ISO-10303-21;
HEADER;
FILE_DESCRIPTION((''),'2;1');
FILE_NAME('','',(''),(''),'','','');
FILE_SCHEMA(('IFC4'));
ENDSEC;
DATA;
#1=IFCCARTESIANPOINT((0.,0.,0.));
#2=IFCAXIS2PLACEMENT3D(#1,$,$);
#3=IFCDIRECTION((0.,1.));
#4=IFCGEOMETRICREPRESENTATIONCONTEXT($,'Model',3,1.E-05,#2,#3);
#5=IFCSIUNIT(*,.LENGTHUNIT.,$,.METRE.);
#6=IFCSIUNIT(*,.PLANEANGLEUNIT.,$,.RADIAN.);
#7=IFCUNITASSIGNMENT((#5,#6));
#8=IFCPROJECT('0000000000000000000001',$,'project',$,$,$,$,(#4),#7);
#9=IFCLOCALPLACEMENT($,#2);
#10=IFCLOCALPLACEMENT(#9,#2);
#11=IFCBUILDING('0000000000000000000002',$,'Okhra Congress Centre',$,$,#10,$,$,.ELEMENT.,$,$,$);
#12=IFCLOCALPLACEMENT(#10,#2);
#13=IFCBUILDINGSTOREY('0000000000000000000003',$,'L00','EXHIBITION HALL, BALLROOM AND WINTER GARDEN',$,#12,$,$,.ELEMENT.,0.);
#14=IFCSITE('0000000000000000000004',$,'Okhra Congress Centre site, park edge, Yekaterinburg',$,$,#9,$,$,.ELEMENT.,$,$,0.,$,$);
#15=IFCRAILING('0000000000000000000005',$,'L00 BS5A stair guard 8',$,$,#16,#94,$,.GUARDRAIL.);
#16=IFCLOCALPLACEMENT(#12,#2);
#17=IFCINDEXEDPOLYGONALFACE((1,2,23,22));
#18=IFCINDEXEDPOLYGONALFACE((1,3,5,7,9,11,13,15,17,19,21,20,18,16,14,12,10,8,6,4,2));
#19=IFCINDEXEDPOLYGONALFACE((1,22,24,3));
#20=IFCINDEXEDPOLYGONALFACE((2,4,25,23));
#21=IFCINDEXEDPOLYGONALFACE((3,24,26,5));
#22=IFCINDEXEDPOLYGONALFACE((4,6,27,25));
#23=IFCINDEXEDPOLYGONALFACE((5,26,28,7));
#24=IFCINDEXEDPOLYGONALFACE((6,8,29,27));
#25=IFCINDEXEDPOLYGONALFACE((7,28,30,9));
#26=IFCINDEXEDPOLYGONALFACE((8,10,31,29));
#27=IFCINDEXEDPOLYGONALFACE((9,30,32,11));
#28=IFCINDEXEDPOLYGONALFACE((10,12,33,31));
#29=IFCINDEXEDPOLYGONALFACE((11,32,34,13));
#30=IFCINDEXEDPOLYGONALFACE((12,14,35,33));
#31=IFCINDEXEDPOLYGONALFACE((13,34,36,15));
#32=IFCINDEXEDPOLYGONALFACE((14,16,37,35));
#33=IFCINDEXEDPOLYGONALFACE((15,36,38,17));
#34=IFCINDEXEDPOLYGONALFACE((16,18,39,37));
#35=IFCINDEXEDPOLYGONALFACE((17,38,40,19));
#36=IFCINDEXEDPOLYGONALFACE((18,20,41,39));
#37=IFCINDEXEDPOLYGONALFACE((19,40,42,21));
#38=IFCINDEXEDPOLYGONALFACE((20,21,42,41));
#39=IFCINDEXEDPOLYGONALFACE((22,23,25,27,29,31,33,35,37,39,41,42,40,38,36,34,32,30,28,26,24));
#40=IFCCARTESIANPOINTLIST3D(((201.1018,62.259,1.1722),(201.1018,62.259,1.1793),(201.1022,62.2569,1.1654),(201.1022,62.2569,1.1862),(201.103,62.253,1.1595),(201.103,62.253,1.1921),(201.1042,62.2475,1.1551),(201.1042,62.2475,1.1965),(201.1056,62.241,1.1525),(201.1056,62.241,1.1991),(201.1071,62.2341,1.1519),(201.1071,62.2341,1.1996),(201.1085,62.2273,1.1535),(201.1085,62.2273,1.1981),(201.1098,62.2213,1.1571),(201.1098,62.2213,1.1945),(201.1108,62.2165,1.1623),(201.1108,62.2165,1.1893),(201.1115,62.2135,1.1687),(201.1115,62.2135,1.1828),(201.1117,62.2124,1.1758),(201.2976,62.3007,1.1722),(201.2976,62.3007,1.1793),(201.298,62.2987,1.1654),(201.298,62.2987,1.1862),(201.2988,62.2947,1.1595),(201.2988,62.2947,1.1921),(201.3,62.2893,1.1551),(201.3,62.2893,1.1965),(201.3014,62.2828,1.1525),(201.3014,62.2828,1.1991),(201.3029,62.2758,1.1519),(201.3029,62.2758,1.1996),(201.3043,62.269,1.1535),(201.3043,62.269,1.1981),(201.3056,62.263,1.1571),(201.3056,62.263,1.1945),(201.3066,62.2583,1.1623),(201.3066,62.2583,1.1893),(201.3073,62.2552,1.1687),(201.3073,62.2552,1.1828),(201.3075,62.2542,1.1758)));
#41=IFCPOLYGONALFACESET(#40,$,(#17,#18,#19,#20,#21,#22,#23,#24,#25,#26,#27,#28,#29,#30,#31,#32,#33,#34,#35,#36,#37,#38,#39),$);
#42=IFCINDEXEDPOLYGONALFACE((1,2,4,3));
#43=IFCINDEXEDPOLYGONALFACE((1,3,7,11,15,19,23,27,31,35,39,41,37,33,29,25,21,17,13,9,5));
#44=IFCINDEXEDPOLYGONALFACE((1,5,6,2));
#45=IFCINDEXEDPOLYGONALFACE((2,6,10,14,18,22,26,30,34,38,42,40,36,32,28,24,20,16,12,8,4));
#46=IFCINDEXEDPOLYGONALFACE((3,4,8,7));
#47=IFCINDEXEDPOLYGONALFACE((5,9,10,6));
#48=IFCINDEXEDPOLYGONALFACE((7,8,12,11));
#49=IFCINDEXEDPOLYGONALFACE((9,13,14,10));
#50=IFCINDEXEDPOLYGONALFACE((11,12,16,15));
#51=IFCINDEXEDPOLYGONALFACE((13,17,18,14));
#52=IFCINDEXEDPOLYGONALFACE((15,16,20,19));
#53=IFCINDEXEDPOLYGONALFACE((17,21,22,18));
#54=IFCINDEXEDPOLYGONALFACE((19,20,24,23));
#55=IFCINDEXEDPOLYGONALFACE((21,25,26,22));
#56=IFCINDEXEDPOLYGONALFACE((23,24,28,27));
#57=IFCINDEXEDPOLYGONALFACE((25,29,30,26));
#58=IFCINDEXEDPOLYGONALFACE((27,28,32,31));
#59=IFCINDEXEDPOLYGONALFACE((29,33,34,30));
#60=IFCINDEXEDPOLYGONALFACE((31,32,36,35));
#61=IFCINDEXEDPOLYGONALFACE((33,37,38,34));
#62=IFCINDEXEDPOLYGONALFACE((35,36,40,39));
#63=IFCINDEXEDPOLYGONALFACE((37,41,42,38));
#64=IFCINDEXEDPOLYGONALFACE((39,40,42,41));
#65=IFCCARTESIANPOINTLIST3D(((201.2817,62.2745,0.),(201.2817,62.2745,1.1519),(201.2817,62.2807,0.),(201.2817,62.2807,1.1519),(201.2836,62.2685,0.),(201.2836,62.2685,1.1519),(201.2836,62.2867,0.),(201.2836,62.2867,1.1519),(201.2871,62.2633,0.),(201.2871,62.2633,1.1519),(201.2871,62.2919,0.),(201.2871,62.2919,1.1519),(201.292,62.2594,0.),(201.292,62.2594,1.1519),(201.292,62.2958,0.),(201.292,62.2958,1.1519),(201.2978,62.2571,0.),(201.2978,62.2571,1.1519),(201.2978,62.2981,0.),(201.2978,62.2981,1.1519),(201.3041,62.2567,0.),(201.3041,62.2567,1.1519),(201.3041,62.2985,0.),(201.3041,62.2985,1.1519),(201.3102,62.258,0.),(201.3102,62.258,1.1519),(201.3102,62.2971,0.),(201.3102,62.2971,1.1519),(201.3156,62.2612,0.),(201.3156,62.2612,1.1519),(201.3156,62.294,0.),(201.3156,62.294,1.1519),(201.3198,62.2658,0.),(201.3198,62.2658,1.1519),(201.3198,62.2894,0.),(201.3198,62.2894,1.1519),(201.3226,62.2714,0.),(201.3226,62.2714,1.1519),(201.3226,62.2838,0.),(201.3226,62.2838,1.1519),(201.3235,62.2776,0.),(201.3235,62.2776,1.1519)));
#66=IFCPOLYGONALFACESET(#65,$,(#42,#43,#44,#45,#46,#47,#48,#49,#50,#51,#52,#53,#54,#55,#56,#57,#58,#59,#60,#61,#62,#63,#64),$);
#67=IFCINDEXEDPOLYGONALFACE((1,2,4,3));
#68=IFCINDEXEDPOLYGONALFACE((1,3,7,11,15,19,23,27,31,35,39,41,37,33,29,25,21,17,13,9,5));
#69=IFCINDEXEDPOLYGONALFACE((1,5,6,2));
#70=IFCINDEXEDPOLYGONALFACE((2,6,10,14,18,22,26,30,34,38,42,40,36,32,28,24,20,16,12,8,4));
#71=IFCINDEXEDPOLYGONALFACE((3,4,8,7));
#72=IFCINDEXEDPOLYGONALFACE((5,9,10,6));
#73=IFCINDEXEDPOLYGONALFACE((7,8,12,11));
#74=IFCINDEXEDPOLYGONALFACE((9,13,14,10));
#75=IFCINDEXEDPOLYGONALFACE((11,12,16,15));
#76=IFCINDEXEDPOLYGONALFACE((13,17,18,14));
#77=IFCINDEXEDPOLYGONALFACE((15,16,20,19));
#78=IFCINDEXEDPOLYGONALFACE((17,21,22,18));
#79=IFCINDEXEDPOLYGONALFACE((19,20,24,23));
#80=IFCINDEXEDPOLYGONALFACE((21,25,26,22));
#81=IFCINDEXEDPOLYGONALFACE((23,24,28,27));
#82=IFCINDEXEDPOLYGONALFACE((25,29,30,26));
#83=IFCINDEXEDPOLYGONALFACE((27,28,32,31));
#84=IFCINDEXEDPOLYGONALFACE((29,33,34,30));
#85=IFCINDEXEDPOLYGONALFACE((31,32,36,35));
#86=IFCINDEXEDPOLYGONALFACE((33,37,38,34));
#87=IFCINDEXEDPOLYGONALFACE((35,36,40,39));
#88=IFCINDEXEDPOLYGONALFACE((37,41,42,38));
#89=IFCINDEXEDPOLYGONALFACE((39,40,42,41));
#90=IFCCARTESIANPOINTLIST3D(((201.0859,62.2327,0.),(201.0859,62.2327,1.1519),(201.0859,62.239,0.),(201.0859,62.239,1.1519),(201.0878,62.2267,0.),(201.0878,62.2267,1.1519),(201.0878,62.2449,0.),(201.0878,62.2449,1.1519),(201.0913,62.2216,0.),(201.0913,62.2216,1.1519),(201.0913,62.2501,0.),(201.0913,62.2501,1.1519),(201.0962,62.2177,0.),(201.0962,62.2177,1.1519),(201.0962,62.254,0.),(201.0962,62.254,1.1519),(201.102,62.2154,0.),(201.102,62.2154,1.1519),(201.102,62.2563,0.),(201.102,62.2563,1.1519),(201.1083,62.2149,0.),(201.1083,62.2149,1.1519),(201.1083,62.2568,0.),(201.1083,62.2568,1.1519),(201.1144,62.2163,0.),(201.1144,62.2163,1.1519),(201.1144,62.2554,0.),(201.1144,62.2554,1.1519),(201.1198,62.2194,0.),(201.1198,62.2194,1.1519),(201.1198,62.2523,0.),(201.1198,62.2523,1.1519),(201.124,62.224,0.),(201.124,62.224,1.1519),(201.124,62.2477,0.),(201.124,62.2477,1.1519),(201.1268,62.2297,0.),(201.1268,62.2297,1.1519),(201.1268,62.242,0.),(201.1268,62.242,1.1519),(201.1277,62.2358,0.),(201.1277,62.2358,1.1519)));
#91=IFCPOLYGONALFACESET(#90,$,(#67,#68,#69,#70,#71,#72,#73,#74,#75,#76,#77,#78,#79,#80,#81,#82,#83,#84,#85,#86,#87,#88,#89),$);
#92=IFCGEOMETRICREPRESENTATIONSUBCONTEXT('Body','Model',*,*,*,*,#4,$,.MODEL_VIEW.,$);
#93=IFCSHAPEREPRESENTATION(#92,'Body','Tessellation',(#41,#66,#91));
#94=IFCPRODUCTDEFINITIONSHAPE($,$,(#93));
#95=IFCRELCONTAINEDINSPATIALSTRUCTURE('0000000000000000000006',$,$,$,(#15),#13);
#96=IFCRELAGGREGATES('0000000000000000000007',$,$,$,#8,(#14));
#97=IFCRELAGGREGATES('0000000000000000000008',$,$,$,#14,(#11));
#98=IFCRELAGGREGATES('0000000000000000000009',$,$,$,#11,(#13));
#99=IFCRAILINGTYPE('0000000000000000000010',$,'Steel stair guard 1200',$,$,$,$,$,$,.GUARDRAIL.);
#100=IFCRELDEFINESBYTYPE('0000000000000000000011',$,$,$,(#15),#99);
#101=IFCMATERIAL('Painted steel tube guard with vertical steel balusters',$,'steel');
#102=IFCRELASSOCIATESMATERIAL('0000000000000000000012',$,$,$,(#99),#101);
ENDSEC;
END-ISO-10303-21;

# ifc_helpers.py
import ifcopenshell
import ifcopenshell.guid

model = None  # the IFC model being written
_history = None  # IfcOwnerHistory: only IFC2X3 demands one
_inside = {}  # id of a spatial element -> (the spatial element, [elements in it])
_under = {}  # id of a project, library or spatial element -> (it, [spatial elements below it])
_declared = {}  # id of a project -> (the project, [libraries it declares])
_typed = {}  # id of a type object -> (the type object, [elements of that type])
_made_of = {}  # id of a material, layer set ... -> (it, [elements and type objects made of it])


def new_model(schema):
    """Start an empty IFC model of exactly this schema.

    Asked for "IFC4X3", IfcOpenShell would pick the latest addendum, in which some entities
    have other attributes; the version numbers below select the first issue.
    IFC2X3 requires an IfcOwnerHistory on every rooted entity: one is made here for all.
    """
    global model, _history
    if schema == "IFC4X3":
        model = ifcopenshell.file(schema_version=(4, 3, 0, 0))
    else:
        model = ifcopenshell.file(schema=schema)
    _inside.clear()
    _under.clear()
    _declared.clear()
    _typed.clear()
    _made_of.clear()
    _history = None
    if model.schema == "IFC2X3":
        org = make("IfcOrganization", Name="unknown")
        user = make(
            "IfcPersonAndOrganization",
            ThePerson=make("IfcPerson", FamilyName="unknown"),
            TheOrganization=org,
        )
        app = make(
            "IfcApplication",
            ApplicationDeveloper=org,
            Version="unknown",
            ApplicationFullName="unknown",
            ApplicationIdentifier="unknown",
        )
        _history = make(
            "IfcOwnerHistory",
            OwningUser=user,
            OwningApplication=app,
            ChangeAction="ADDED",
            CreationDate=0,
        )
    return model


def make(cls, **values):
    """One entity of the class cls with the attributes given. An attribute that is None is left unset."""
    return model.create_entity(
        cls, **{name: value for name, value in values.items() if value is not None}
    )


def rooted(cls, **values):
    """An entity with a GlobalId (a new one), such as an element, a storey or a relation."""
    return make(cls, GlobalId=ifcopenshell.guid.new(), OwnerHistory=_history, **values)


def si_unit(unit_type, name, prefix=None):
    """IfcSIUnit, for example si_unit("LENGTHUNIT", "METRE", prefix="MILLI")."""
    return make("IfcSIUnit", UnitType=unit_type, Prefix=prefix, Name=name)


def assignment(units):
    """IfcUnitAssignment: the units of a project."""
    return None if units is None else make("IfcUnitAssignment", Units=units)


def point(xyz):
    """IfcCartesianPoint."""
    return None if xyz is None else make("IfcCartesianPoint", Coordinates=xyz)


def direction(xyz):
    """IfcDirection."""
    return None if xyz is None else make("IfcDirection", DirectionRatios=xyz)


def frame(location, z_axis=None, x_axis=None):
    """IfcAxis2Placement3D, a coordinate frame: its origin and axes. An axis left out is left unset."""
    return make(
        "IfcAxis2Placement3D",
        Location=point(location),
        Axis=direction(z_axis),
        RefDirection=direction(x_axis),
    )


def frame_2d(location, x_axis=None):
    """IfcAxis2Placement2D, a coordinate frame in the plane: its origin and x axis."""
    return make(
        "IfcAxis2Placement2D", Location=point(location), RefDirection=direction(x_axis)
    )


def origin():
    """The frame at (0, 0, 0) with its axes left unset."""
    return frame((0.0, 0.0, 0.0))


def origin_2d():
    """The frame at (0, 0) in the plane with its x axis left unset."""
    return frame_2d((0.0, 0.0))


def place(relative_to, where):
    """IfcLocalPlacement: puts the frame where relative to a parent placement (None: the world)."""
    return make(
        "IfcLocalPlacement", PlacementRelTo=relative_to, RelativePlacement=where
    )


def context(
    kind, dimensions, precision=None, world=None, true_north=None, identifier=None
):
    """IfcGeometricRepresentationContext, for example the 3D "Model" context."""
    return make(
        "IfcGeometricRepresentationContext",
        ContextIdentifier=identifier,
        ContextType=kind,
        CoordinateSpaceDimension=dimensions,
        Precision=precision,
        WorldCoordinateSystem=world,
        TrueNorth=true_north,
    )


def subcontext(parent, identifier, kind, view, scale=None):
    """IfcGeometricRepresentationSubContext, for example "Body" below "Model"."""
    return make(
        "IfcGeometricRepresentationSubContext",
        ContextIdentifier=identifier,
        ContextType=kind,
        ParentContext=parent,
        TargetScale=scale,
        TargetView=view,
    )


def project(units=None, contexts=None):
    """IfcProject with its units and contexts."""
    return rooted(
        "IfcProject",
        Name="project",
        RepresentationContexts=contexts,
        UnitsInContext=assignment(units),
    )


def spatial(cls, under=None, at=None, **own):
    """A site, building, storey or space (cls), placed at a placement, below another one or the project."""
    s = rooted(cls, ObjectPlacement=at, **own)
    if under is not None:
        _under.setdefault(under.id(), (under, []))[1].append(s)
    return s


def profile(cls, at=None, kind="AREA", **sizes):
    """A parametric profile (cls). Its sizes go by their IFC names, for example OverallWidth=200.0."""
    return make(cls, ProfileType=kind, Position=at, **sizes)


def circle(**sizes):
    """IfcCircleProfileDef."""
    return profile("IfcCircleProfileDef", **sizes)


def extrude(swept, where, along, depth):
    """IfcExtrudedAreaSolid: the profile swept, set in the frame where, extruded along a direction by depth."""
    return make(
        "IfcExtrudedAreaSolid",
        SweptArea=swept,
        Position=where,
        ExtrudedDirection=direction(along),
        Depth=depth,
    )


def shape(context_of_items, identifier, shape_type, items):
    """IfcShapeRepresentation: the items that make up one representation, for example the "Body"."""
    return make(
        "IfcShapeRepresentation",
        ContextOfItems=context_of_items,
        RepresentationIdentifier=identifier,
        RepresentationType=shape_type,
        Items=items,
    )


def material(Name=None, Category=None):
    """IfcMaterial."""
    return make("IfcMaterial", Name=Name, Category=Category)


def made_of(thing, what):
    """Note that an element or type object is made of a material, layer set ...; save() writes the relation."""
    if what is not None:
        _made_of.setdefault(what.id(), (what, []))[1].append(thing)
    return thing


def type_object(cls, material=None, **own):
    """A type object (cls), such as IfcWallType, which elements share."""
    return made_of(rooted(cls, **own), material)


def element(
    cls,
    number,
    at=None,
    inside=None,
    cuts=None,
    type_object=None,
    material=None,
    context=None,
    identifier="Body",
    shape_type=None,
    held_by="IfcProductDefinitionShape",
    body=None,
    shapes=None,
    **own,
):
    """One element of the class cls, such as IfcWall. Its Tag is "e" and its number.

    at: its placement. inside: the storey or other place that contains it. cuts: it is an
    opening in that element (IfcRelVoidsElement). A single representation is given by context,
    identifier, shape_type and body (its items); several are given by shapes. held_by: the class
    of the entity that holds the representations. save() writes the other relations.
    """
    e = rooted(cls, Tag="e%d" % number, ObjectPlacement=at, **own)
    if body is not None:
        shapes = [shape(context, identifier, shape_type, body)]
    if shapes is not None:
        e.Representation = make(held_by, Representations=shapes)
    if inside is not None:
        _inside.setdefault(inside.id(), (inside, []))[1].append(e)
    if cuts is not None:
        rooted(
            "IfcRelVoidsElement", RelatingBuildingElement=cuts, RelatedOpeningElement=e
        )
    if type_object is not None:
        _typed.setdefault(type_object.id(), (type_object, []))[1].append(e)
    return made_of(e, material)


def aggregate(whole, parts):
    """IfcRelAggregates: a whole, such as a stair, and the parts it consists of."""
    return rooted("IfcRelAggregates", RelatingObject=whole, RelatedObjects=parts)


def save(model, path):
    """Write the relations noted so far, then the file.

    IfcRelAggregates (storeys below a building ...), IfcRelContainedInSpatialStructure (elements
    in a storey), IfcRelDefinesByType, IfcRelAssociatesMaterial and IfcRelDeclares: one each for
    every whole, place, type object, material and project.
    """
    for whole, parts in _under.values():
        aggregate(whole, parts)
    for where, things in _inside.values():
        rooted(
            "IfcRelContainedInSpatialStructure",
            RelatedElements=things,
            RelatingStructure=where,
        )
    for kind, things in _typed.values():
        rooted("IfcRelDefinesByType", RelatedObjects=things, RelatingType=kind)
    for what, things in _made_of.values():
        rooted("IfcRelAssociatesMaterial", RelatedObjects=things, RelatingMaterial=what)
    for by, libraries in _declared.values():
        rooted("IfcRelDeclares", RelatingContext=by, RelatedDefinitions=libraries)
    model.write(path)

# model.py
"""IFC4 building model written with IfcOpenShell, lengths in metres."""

from ifc_helpers import new_model, si_unit, direction, frame, origin, origin_2d, place, context, subcontext, project, spatial, circle, extrude, material, type_object, element, save


model = new_model("IFC4")

# Units and contexts
model_context = context("Model", 3, precision=1e-05, world=origin(), true_north=direction((0.0, 1.0)))
body_context = subcontext(model_context, "Body", "Model", "MODEL_VIEW")
ifc_project = project(units=[si_unit("LENGTHUNIT", "METRE"), si_unit("PLANEANGLEUNIT", "RADIAN")], contexts=[model_context])

# Site, building, storey
site_placement = place(None, origin())
site = spatial("IfcSite", under=ifc_project, at=site_placement, Name="Okhra Congress Centre site, park edge, Yekaterinburg", CompositionType="ELEMENT", RefElevation=0.0)
building_placement = place(site_placement, origin())
building = spatial("IfcBuilding", under=site, at=building_placement, Name="Okhra Congress Centre", CompositionType="ELEMENT")
storey_placement = place(building_placement, origin())
storey = spatial("IfcBuildingStorey", under=building, at=storey_placement, Name="L00", Description="EXHIBITION HALL, BALLROOM AND WINTER GARDEN", CompositionType="ELEMENT", Elevation=0.0)

# Railing
ifc_material_1 = material(Name="Painted steel tube guard with vertical steel balusters", Category="steel")
railing_type_1 = type_object("IfcRailingType", Name="Steel stair guard 1200", PredefinedType="GUARDRAIL", material=ifc_material_1)
railing_1_placement = place(storey_placement, frame((201.3025, 62.2776, 0.0)))
element("IfcRailing", 1, at=railing_1_placement, inside=storey, type_object=railing_type_1, Name="L00 BS5A stair guard 8", PredefinedType="GUARDRAIL", context=body_context, shape_type="SweptSolid", body=[
    extrude(circle(Radius=0.0239, at=origin_2d()), frame((0.0, 0.0, 1.1758), z_axis=(-0.978016, -0.20853, 0.0), x_axis=(0.20853, -0.978016, 0.0)), (0.0, 0.0, 1.0), 0.2002),
    extrude(circle(Radius=0.021, at=origin_2d()), origin(), (0.0, 0.0, 1.0), 1.1519),
    extrude(circle(Radius=0.021, at=origin_2d()), frame((-0.1958, -0.0417, 0.0)), (0.0, 0.0, 1.0), 1.1519),
])

save(model, "model.ifc")
